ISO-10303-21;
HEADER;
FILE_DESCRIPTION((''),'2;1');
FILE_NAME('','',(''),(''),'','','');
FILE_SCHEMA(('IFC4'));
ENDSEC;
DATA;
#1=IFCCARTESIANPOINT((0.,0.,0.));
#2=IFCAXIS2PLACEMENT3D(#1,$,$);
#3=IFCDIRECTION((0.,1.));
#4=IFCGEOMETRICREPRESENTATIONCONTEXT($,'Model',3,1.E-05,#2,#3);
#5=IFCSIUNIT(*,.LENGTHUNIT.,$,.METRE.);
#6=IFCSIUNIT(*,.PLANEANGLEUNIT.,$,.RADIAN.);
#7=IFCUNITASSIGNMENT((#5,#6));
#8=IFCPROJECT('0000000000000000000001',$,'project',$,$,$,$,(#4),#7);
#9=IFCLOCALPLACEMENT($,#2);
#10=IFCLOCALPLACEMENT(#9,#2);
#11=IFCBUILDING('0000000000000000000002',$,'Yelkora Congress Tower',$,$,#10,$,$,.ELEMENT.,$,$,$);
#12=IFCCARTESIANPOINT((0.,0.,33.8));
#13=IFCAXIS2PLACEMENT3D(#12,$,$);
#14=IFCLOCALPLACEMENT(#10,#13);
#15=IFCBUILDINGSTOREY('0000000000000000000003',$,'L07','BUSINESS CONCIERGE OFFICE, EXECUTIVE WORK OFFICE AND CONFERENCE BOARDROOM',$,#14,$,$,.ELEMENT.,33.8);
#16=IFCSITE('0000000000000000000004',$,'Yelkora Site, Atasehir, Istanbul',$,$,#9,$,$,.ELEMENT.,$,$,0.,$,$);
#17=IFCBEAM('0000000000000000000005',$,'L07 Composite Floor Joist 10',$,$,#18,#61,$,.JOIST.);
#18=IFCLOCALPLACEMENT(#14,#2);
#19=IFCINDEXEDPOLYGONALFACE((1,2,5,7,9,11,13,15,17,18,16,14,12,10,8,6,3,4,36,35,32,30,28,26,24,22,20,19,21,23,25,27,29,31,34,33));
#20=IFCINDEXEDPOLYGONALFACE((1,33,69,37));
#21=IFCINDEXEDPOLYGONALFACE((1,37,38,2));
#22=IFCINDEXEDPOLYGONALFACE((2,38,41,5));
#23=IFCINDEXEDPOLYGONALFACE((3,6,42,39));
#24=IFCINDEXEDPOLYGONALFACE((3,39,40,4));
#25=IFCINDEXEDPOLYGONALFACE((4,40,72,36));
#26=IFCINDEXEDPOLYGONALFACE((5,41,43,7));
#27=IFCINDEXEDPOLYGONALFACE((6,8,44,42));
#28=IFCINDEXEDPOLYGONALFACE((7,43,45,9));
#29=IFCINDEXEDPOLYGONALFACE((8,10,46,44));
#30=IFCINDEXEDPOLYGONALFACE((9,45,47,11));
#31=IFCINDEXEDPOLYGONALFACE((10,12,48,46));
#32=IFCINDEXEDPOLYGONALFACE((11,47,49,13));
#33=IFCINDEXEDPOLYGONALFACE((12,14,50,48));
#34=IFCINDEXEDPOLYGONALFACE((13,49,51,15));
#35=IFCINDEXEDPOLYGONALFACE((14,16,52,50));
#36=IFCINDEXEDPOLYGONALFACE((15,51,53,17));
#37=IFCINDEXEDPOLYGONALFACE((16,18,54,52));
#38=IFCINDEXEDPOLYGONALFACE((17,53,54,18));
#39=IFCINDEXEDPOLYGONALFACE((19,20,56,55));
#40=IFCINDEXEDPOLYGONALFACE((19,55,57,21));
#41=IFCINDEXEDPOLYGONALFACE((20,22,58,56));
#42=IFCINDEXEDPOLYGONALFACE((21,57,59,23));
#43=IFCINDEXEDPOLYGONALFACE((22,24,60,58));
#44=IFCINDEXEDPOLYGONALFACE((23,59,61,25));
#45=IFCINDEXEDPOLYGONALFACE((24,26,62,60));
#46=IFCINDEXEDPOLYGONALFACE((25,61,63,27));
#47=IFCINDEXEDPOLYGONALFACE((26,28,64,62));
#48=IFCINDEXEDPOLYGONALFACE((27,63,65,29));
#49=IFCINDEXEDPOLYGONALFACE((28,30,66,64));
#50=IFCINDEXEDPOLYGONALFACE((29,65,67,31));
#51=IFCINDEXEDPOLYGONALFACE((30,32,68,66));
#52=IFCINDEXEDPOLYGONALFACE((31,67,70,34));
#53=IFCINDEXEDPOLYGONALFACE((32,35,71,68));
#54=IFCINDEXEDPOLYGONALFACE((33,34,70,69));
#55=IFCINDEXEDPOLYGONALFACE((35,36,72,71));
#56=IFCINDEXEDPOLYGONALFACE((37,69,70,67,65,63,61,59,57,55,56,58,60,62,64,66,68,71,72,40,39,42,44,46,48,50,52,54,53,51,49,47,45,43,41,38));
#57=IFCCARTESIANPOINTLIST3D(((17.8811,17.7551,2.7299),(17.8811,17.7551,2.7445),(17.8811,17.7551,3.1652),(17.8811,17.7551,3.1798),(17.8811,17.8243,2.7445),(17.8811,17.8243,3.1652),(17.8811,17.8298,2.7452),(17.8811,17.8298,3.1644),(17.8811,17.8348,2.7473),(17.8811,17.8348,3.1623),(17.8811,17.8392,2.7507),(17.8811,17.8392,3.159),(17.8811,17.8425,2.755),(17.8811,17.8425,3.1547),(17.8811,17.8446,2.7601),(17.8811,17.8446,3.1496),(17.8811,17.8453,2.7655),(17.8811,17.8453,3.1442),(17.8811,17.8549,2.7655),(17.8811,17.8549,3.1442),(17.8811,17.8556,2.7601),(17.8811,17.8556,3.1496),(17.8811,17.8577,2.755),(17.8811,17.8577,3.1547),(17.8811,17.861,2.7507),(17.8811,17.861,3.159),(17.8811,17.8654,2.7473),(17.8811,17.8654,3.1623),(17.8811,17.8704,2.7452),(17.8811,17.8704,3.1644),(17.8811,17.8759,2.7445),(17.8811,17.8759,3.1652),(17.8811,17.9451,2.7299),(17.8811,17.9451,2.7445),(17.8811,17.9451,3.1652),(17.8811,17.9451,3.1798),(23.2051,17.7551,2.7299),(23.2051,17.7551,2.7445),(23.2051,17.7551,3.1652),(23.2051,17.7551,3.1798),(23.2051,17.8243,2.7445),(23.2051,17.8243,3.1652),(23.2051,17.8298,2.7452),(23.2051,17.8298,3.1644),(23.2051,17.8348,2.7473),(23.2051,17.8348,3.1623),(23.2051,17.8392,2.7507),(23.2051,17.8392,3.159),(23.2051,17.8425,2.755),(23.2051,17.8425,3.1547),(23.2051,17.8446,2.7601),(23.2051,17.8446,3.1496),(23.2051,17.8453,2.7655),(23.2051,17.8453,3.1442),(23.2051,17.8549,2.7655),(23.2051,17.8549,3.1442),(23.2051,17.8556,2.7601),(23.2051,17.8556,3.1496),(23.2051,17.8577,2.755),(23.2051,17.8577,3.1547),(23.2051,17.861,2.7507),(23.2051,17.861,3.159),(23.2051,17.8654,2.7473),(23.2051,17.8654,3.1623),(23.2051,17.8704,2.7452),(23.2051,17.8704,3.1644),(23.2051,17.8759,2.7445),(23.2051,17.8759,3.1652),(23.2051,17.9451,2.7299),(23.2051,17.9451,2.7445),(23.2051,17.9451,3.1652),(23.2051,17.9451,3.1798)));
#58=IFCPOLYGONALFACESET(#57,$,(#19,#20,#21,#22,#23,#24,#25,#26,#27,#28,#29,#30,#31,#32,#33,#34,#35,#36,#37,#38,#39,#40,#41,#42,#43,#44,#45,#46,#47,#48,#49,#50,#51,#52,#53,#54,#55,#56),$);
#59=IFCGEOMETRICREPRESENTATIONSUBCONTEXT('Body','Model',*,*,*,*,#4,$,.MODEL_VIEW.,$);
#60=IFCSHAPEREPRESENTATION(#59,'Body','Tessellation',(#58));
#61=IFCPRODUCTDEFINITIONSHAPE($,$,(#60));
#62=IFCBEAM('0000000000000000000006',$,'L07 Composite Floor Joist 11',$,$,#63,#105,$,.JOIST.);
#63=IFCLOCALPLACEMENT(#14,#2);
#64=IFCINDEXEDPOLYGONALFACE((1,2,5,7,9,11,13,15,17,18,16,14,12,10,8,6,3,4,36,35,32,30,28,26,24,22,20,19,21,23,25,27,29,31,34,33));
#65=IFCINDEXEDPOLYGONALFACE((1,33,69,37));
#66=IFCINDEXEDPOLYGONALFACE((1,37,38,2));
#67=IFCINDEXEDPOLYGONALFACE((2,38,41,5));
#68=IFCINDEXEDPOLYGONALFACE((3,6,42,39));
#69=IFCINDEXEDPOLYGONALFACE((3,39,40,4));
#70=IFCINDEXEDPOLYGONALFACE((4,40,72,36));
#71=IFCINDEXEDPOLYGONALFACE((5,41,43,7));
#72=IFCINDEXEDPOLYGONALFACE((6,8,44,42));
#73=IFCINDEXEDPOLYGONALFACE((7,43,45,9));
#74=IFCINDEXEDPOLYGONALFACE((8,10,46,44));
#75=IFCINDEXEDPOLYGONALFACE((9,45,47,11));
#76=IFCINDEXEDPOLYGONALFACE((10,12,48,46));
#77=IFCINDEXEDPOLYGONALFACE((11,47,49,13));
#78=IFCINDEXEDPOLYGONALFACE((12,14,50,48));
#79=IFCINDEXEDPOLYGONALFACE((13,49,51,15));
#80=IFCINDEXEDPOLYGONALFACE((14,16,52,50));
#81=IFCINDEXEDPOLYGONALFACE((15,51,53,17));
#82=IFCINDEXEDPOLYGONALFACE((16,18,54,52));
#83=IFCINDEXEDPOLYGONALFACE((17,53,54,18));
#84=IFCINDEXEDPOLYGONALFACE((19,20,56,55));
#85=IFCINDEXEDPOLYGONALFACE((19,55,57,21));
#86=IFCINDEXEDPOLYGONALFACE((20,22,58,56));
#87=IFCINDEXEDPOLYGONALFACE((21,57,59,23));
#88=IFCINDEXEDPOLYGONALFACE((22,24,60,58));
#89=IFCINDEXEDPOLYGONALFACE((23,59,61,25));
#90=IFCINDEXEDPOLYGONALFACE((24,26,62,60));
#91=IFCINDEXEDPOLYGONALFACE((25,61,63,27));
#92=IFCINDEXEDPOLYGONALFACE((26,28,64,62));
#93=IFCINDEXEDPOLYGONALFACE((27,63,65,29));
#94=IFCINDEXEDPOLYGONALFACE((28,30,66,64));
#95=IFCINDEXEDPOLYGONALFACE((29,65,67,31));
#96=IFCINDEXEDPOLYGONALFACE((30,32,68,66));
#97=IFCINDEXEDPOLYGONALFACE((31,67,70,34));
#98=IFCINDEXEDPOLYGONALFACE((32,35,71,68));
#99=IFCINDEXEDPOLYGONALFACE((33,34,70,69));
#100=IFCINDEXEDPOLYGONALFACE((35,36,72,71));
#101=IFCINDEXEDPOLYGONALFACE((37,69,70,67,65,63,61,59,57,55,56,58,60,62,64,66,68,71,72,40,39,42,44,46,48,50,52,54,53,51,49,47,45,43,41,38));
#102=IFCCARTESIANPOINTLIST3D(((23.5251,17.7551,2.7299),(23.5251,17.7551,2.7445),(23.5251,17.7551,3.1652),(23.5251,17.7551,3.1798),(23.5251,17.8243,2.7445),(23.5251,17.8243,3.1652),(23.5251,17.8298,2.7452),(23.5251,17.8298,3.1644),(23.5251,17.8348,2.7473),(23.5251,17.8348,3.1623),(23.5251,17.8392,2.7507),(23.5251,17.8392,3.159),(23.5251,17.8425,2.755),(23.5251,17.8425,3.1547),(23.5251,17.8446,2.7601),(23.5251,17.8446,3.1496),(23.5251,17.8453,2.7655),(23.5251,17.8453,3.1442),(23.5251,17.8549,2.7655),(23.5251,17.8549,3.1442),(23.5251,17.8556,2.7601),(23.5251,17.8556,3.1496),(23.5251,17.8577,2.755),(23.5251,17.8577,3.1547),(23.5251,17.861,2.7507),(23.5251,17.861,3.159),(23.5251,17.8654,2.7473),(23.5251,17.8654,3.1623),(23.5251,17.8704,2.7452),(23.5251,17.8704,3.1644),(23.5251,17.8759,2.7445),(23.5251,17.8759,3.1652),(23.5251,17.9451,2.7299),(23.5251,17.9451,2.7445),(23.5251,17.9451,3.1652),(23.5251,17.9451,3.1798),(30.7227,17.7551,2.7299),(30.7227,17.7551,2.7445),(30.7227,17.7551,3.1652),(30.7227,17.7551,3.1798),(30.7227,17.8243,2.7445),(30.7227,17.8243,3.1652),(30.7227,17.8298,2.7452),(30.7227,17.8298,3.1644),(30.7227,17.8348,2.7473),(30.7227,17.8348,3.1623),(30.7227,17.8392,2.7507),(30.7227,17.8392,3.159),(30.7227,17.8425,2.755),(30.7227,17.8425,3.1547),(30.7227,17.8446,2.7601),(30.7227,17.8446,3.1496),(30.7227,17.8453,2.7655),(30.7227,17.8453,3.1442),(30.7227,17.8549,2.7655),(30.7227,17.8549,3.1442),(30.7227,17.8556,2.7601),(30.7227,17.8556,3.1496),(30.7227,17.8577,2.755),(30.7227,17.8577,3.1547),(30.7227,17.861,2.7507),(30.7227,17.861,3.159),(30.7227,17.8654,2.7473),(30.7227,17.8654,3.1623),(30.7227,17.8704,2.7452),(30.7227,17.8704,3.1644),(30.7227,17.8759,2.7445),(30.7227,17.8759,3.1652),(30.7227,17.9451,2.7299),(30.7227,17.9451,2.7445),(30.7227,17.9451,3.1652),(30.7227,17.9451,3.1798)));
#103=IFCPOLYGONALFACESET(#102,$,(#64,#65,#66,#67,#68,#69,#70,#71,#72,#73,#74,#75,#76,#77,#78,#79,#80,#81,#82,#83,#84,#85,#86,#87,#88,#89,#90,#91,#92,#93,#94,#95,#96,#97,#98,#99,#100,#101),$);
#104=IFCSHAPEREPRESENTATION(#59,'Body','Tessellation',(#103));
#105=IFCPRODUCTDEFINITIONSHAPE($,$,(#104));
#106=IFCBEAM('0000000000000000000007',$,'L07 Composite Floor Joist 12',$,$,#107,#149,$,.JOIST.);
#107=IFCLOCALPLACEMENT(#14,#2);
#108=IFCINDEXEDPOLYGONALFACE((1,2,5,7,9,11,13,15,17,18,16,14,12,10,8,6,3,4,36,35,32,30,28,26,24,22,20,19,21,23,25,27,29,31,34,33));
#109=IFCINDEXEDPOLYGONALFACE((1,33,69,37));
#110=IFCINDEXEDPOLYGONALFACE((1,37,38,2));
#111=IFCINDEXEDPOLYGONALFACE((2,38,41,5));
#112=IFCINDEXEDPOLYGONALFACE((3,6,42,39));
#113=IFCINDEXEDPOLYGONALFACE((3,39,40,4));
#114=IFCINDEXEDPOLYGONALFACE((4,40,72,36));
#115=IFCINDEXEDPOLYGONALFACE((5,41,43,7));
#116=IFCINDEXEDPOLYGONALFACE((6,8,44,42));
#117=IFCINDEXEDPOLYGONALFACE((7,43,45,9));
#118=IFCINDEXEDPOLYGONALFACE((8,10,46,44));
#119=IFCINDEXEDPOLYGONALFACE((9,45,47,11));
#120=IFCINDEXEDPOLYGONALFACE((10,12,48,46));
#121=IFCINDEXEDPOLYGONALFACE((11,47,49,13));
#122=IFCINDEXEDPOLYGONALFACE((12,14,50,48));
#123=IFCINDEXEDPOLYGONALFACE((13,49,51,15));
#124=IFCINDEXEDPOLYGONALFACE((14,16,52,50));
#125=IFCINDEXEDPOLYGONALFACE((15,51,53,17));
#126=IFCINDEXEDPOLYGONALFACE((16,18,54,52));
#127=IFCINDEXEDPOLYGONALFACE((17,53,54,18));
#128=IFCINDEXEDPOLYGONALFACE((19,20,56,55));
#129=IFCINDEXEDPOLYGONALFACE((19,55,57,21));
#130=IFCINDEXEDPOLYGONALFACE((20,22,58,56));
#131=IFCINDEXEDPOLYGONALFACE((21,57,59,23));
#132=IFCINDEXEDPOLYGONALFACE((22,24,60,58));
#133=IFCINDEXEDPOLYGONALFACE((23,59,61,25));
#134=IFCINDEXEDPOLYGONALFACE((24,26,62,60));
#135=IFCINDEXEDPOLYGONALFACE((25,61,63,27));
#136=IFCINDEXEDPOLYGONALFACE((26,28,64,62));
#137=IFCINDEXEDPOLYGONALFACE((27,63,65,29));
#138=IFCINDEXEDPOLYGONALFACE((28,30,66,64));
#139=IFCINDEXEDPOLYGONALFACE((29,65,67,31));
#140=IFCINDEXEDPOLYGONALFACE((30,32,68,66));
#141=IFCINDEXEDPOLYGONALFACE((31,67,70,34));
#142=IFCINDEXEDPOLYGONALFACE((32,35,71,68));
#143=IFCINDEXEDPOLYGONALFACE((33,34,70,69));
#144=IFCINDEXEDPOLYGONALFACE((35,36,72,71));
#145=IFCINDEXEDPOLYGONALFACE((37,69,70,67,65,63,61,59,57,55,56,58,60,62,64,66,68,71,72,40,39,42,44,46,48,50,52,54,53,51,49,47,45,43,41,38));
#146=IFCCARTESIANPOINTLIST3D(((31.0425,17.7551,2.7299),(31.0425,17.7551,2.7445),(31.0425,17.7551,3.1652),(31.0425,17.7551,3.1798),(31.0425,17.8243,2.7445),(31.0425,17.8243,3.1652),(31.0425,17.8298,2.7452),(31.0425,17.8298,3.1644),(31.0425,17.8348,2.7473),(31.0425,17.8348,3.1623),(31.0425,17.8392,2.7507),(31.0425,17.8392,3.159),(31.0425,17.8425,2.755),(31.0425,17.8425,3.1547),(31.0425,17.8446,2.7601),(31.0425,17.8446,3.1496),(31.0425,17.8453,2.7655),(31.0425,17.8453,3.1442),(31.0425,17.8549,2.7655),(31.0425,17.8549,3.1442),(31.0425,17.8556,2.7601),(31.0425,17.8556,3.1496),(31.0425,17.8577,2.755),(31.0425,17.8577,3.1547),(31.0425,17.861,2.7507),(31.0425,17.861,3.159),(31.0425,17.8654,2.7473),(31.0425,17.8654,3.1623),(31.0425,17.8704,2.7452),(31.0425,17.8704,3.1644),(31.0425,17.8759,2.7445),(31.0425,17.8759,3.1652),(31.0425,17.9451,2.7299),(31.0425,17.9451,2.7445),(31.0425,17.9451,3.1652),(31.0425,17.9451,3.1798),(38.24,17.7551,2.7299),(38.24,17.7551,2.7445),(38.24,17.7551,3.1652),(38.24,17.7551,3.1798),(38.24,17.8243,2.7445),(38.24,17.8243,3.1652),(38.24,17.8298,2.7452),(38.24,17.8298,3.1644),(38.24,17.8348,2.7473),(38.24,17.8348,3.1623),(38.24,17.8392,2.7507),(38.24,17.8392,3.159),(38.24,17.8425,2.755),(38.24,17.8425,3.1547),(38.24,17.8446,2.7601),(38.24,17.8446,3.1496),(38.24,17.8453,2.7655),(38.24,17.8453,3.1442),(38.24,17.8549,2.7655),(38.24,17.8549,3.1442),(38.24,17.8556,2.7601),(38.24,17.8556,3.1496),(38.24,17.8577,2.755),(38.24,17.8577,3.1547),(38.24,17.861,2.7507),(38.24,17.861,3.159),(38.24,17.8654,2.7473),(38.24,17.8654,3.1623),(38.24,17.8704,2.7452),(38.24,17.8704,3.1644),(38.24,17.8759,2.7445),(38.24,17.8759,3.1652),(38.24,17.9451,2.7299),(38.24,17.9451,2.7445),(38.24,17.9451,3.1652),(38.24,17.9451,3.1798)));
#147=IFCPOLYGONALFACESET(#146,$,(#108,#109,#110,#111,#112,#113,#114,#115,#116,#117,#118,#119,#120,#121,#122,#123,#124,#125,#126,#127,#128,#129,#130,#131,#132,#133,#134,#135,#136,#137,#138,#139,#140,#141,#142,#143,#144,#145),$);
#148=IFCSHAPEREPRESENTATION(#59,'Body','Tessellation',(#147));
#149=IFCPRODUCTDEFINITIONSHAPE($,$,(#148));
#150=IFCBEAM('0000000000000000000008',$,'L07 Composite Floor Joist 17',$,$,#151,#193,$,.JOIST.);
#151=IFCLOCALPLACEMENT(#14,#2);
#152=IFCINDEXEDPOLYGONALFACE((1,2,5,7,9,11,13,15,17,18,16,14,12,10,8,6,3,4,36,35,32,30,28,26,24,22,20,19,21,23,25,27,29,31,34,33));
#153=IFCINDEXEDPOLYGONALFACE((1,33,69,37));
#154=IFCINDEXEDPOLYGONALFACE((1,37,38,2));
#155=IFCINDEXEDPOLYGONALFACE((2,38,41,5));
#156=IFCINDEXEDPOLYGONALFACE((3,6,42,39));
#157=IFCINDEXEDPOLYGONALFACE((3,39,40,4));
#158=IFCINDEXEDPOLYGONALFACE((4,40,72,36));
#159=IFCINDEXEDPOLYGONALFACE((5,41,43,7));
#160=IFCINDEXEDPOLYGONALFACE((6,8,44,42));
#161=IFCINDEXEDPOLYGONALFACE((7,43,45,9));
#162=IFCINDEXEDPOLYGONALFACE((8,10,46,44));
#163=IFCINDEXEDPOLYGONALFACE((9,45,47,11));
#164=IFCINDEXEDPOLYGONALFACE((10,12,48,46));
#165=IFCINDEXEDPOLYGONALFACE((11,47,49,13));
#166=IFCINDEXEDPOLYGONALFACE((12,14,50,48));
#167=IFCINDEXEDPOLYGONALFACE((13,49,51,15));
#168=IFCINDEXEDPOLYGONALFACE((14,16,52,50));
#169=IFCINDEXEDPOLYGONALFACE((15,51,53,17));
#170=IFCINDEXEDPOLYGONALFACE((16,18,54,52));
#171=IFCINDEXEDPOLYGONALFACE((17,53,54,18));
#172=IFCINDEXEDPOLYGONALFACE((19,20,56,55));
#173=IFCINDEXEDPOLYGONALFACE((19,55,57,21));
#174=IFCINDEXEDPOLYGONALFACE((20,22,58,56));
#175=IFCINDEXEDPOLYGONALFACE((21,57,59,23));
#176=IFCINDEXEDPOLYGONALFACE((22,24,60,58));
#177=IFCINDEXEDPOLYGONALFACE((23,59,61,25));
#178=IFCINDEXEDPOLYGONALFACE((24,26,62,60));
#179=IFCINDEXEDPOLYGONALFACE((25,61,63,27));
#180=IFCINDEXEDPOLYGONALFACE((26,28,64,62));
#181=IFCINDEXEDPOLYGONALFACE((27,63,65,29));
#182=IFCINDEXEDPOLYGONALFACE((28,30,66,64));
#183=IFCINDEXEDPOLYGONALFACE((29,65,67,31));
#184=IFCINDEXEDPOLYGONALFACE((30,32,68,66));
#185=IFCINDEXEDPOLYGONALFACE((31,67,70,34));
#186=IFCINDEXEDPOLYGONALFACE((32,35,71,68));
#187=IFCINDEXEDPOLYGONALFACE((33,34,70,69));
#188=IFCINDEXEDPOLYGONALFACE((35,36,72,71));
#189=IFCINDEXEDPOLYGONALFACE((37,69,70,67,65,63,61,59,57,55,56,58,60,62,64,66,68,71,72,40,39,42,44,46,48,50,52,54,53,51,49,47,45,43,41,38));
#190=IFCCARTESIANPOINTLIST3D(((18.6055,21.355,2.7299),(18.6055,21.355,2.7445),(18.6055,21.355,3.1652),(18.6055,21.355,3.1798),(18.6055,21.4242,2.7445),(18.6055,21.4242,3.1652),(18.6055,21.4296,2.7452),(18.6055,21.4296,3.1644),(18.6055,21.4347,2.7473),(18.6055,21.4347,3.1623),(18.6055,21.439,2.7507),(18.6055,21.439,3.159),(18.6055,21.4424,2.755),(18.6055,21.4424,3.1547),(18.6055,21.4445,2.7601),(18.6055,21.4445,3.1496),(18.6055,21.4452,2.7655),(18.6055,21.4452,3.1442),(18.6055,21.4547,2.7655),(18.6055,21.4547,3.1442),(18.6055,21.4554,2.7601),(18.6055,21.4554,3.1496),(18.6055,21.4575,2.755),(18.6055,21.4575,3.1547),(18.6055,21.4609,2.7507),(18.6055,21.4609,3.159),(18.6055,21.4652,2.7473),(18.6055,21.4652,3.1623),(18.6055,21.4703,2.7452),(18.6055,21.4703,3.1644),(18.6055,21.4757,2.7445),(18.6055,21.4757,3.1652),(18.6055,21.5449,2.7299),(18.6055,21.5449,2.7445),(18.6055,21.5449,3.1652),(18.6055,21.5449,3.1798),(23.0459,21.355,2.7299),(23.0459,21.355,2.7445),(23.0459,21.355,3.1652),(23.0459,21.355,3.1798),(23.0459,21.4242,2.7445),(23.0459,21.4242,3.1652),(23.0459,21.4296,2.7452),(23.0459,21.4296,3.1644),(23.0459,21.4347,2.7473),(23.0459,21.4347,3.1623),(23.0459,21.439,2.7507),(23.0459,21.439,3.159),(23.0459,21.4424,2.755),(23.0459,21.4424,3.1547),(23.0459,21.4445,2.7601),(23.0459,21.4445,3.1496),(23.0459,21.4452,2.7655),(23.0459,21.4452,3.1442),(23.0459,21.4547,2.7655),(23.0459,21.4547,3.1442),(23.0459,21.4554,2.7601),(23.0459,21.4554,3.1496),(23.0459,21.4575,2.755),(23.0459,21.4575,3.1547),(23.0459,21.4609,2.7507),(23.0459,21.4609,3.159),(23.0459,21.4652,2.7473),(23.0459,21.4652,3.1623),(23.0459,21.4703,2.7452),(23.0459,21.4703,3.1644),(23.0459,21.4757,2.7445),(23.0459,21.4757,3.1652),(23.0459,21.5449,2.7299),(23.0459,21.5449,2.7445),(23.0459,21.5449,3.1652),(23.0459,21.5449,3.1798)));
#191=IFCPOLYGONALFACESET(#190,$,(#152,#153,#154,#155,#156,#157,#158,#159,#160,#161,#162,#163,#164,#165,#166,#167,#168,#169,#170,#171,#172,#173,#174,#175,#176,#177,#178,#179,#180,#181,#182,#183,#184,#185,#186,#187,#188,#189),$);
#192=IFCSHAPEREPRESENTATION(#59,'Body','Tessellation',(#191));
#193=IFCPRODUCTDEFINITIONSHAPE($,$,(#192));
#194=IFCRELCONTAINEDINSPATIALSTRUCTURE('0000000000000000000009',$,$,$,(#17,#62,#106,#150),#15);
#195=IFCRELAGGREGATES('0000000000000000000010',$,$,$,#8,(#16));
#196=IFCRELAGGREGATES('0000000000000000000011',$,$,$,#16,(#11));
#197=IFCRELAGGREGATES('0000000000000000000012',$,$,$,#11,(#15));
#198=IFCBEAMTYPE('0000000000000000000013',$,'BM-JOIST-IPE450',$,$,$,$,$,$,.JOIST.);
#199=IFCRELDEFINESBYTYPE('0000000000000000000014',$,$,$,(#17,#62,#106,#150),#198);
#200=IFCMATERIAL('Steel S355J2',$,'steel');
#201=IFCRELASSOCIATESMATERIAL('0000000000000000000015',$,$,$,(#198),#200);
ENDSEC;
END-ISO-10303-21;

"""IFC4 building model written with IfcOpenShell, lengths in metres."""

from ifc_helpers import new_model, si_unit, direction, frame, origin, origin_2d, place, context, subcontext, project, spatial, i_section, extrude, material, material_profile, profile_set, type_object, element, save


model = new_model("IFC4")

# Units and contexts
model_context = context("Model", 3, precision=1e-05, world=origin(), true_north=direction((0.0, 1.0)))
body_context = subcontext(model_context, "Body", "Model", "MODEL_VIEW")
ifc_project = project(units=[si_unit("LENGTHUNIT", "METRE"), si_unit("PLANEANGLEUNIT", "RADIAN")], contexts=[model_context])

# Site, building, storey
site_placement = place(None, origin())
site = spatial("IfcSite", under=ifc_project, at=site_placement, Name="Yelkora Site, Atasehir, Istanbul", CompositionType="ELEMENT", RefElevation=0.0)
building_placement = place(site_placement, origin())
building = spatial("IfcBuilding", under=site, at=building_placement, Name="Yelkora Congress Tower", CompositionType="ELEMENT")
storey_placement = place(building_placement, frame((0.0, 0.0, 33.8)))
storey = spatial("IfcBuildingStorey", under=building, at=storey_placement, Name="L07", Description="BUSINESS CONCIERGE OFFICE, EXECUTIVE WORK OFFICE AND CONFERENCE BOARDROOM", CompositionType="ELEMENT", Elevation=33.8)

# Beams
ifc_material_1 = material(Name="Steel S355J2", Category="steel")
ifc_material_profile_1 = material_profile(ifc_material_1, i_section(OverallWidth=0.1899, OverallDepth=0.45, WebThickness=0.0095, FlangeThickness=0.0146, FilletRadius=0.021, at=origin_2d()), Name="IPE 450")
ifc_profile_set_1 = profile_set([ifc_material_profile_1], Name="Steel S355J2")
beam_type_1 = type_object("IfcBeamType", Name="BM-JOIST-IPE450", PredefinedType="JOIST", material=ifc_profile_set_1)
beam_1_placement = place(storey_placement, frame((17.8811, 17.8501, 2.9548), z_axis=(1.0, 0.0, 0.0), x_axis=(0.0, 1.0, 0.0)))
element("IfcBeam", 1, at=beam_1_placement, inside=storey, type_object=beam_type_1, Name="L07 Composite Floor Joist 10", PredefinedType="JOIST", context=body_context, shape_type="SweptSolid", body=[
    extrude(i_section(OverallWidth=0.1899, OverallDepth=0.45, WebThickness=0.0095, FlangeThickness=0.0146, FilletRadius=0.021, at=origin_2d()), origin(), (0.0, 0.0, 1.0), 5.324),
])
for number, where, z_axis, x_axis, name in (
    (2, (23.5251, 17.8501, 2.9548), (1.0, 0.0, 0.0), (0.0, 1.0, 0.0), "L07 Composite Floor Joist 11"),
    (3, (31.0425, 17.8501, 2.9548), (1.0, 0.0, 0.0), (0.0, 1.0, 0.0), "L07 Composite Floor Joist 12"),
):
    element("IfcBeam", number, at=place(storey_placement, frame(where, z_axis=z_axis, x_axis=x_axis)), inside=storey, type_object=beam_type_1, Name=name, PredefinedType="JOIST", context=body_context, shape_type="SweptSolid", body=[
        extrude(i_section(OverallWidth=0.1899, OverallDepth=0.45, WebThickness=0.0095, FlangeThickness=0.0146, FilletRadius=0.021, at=origin_2d()), origin(), (0.0, 0.0, 1.0), 7.1975),
    ])
beam_2_placement = place(storey_placement, frame((18.6055, 21.45, 2.9548), z_axis=(1.0, 0.0, 0.0), x_axis=(0.0, 1.0, 0.0)))
element("IfcBeam", 4, at=beam_2_placement, inside=storey, type_object=beam_type_1, Name="L07 Composite Floor Joist 17", PredefinedType="JOIST", context=body_context, shape_type="SweptSolid", body=[
    extrude(i_section(OverallWidth=0.1899, OverallDepth=0.45, WebThickness=0.0095, FlangeThickness=0.0146, FilletRadius=0.021, at=origin_2d()), origin(), (0.0, 0.0, 1.0), 4.4404),
])

save(model, "model.ifc")
